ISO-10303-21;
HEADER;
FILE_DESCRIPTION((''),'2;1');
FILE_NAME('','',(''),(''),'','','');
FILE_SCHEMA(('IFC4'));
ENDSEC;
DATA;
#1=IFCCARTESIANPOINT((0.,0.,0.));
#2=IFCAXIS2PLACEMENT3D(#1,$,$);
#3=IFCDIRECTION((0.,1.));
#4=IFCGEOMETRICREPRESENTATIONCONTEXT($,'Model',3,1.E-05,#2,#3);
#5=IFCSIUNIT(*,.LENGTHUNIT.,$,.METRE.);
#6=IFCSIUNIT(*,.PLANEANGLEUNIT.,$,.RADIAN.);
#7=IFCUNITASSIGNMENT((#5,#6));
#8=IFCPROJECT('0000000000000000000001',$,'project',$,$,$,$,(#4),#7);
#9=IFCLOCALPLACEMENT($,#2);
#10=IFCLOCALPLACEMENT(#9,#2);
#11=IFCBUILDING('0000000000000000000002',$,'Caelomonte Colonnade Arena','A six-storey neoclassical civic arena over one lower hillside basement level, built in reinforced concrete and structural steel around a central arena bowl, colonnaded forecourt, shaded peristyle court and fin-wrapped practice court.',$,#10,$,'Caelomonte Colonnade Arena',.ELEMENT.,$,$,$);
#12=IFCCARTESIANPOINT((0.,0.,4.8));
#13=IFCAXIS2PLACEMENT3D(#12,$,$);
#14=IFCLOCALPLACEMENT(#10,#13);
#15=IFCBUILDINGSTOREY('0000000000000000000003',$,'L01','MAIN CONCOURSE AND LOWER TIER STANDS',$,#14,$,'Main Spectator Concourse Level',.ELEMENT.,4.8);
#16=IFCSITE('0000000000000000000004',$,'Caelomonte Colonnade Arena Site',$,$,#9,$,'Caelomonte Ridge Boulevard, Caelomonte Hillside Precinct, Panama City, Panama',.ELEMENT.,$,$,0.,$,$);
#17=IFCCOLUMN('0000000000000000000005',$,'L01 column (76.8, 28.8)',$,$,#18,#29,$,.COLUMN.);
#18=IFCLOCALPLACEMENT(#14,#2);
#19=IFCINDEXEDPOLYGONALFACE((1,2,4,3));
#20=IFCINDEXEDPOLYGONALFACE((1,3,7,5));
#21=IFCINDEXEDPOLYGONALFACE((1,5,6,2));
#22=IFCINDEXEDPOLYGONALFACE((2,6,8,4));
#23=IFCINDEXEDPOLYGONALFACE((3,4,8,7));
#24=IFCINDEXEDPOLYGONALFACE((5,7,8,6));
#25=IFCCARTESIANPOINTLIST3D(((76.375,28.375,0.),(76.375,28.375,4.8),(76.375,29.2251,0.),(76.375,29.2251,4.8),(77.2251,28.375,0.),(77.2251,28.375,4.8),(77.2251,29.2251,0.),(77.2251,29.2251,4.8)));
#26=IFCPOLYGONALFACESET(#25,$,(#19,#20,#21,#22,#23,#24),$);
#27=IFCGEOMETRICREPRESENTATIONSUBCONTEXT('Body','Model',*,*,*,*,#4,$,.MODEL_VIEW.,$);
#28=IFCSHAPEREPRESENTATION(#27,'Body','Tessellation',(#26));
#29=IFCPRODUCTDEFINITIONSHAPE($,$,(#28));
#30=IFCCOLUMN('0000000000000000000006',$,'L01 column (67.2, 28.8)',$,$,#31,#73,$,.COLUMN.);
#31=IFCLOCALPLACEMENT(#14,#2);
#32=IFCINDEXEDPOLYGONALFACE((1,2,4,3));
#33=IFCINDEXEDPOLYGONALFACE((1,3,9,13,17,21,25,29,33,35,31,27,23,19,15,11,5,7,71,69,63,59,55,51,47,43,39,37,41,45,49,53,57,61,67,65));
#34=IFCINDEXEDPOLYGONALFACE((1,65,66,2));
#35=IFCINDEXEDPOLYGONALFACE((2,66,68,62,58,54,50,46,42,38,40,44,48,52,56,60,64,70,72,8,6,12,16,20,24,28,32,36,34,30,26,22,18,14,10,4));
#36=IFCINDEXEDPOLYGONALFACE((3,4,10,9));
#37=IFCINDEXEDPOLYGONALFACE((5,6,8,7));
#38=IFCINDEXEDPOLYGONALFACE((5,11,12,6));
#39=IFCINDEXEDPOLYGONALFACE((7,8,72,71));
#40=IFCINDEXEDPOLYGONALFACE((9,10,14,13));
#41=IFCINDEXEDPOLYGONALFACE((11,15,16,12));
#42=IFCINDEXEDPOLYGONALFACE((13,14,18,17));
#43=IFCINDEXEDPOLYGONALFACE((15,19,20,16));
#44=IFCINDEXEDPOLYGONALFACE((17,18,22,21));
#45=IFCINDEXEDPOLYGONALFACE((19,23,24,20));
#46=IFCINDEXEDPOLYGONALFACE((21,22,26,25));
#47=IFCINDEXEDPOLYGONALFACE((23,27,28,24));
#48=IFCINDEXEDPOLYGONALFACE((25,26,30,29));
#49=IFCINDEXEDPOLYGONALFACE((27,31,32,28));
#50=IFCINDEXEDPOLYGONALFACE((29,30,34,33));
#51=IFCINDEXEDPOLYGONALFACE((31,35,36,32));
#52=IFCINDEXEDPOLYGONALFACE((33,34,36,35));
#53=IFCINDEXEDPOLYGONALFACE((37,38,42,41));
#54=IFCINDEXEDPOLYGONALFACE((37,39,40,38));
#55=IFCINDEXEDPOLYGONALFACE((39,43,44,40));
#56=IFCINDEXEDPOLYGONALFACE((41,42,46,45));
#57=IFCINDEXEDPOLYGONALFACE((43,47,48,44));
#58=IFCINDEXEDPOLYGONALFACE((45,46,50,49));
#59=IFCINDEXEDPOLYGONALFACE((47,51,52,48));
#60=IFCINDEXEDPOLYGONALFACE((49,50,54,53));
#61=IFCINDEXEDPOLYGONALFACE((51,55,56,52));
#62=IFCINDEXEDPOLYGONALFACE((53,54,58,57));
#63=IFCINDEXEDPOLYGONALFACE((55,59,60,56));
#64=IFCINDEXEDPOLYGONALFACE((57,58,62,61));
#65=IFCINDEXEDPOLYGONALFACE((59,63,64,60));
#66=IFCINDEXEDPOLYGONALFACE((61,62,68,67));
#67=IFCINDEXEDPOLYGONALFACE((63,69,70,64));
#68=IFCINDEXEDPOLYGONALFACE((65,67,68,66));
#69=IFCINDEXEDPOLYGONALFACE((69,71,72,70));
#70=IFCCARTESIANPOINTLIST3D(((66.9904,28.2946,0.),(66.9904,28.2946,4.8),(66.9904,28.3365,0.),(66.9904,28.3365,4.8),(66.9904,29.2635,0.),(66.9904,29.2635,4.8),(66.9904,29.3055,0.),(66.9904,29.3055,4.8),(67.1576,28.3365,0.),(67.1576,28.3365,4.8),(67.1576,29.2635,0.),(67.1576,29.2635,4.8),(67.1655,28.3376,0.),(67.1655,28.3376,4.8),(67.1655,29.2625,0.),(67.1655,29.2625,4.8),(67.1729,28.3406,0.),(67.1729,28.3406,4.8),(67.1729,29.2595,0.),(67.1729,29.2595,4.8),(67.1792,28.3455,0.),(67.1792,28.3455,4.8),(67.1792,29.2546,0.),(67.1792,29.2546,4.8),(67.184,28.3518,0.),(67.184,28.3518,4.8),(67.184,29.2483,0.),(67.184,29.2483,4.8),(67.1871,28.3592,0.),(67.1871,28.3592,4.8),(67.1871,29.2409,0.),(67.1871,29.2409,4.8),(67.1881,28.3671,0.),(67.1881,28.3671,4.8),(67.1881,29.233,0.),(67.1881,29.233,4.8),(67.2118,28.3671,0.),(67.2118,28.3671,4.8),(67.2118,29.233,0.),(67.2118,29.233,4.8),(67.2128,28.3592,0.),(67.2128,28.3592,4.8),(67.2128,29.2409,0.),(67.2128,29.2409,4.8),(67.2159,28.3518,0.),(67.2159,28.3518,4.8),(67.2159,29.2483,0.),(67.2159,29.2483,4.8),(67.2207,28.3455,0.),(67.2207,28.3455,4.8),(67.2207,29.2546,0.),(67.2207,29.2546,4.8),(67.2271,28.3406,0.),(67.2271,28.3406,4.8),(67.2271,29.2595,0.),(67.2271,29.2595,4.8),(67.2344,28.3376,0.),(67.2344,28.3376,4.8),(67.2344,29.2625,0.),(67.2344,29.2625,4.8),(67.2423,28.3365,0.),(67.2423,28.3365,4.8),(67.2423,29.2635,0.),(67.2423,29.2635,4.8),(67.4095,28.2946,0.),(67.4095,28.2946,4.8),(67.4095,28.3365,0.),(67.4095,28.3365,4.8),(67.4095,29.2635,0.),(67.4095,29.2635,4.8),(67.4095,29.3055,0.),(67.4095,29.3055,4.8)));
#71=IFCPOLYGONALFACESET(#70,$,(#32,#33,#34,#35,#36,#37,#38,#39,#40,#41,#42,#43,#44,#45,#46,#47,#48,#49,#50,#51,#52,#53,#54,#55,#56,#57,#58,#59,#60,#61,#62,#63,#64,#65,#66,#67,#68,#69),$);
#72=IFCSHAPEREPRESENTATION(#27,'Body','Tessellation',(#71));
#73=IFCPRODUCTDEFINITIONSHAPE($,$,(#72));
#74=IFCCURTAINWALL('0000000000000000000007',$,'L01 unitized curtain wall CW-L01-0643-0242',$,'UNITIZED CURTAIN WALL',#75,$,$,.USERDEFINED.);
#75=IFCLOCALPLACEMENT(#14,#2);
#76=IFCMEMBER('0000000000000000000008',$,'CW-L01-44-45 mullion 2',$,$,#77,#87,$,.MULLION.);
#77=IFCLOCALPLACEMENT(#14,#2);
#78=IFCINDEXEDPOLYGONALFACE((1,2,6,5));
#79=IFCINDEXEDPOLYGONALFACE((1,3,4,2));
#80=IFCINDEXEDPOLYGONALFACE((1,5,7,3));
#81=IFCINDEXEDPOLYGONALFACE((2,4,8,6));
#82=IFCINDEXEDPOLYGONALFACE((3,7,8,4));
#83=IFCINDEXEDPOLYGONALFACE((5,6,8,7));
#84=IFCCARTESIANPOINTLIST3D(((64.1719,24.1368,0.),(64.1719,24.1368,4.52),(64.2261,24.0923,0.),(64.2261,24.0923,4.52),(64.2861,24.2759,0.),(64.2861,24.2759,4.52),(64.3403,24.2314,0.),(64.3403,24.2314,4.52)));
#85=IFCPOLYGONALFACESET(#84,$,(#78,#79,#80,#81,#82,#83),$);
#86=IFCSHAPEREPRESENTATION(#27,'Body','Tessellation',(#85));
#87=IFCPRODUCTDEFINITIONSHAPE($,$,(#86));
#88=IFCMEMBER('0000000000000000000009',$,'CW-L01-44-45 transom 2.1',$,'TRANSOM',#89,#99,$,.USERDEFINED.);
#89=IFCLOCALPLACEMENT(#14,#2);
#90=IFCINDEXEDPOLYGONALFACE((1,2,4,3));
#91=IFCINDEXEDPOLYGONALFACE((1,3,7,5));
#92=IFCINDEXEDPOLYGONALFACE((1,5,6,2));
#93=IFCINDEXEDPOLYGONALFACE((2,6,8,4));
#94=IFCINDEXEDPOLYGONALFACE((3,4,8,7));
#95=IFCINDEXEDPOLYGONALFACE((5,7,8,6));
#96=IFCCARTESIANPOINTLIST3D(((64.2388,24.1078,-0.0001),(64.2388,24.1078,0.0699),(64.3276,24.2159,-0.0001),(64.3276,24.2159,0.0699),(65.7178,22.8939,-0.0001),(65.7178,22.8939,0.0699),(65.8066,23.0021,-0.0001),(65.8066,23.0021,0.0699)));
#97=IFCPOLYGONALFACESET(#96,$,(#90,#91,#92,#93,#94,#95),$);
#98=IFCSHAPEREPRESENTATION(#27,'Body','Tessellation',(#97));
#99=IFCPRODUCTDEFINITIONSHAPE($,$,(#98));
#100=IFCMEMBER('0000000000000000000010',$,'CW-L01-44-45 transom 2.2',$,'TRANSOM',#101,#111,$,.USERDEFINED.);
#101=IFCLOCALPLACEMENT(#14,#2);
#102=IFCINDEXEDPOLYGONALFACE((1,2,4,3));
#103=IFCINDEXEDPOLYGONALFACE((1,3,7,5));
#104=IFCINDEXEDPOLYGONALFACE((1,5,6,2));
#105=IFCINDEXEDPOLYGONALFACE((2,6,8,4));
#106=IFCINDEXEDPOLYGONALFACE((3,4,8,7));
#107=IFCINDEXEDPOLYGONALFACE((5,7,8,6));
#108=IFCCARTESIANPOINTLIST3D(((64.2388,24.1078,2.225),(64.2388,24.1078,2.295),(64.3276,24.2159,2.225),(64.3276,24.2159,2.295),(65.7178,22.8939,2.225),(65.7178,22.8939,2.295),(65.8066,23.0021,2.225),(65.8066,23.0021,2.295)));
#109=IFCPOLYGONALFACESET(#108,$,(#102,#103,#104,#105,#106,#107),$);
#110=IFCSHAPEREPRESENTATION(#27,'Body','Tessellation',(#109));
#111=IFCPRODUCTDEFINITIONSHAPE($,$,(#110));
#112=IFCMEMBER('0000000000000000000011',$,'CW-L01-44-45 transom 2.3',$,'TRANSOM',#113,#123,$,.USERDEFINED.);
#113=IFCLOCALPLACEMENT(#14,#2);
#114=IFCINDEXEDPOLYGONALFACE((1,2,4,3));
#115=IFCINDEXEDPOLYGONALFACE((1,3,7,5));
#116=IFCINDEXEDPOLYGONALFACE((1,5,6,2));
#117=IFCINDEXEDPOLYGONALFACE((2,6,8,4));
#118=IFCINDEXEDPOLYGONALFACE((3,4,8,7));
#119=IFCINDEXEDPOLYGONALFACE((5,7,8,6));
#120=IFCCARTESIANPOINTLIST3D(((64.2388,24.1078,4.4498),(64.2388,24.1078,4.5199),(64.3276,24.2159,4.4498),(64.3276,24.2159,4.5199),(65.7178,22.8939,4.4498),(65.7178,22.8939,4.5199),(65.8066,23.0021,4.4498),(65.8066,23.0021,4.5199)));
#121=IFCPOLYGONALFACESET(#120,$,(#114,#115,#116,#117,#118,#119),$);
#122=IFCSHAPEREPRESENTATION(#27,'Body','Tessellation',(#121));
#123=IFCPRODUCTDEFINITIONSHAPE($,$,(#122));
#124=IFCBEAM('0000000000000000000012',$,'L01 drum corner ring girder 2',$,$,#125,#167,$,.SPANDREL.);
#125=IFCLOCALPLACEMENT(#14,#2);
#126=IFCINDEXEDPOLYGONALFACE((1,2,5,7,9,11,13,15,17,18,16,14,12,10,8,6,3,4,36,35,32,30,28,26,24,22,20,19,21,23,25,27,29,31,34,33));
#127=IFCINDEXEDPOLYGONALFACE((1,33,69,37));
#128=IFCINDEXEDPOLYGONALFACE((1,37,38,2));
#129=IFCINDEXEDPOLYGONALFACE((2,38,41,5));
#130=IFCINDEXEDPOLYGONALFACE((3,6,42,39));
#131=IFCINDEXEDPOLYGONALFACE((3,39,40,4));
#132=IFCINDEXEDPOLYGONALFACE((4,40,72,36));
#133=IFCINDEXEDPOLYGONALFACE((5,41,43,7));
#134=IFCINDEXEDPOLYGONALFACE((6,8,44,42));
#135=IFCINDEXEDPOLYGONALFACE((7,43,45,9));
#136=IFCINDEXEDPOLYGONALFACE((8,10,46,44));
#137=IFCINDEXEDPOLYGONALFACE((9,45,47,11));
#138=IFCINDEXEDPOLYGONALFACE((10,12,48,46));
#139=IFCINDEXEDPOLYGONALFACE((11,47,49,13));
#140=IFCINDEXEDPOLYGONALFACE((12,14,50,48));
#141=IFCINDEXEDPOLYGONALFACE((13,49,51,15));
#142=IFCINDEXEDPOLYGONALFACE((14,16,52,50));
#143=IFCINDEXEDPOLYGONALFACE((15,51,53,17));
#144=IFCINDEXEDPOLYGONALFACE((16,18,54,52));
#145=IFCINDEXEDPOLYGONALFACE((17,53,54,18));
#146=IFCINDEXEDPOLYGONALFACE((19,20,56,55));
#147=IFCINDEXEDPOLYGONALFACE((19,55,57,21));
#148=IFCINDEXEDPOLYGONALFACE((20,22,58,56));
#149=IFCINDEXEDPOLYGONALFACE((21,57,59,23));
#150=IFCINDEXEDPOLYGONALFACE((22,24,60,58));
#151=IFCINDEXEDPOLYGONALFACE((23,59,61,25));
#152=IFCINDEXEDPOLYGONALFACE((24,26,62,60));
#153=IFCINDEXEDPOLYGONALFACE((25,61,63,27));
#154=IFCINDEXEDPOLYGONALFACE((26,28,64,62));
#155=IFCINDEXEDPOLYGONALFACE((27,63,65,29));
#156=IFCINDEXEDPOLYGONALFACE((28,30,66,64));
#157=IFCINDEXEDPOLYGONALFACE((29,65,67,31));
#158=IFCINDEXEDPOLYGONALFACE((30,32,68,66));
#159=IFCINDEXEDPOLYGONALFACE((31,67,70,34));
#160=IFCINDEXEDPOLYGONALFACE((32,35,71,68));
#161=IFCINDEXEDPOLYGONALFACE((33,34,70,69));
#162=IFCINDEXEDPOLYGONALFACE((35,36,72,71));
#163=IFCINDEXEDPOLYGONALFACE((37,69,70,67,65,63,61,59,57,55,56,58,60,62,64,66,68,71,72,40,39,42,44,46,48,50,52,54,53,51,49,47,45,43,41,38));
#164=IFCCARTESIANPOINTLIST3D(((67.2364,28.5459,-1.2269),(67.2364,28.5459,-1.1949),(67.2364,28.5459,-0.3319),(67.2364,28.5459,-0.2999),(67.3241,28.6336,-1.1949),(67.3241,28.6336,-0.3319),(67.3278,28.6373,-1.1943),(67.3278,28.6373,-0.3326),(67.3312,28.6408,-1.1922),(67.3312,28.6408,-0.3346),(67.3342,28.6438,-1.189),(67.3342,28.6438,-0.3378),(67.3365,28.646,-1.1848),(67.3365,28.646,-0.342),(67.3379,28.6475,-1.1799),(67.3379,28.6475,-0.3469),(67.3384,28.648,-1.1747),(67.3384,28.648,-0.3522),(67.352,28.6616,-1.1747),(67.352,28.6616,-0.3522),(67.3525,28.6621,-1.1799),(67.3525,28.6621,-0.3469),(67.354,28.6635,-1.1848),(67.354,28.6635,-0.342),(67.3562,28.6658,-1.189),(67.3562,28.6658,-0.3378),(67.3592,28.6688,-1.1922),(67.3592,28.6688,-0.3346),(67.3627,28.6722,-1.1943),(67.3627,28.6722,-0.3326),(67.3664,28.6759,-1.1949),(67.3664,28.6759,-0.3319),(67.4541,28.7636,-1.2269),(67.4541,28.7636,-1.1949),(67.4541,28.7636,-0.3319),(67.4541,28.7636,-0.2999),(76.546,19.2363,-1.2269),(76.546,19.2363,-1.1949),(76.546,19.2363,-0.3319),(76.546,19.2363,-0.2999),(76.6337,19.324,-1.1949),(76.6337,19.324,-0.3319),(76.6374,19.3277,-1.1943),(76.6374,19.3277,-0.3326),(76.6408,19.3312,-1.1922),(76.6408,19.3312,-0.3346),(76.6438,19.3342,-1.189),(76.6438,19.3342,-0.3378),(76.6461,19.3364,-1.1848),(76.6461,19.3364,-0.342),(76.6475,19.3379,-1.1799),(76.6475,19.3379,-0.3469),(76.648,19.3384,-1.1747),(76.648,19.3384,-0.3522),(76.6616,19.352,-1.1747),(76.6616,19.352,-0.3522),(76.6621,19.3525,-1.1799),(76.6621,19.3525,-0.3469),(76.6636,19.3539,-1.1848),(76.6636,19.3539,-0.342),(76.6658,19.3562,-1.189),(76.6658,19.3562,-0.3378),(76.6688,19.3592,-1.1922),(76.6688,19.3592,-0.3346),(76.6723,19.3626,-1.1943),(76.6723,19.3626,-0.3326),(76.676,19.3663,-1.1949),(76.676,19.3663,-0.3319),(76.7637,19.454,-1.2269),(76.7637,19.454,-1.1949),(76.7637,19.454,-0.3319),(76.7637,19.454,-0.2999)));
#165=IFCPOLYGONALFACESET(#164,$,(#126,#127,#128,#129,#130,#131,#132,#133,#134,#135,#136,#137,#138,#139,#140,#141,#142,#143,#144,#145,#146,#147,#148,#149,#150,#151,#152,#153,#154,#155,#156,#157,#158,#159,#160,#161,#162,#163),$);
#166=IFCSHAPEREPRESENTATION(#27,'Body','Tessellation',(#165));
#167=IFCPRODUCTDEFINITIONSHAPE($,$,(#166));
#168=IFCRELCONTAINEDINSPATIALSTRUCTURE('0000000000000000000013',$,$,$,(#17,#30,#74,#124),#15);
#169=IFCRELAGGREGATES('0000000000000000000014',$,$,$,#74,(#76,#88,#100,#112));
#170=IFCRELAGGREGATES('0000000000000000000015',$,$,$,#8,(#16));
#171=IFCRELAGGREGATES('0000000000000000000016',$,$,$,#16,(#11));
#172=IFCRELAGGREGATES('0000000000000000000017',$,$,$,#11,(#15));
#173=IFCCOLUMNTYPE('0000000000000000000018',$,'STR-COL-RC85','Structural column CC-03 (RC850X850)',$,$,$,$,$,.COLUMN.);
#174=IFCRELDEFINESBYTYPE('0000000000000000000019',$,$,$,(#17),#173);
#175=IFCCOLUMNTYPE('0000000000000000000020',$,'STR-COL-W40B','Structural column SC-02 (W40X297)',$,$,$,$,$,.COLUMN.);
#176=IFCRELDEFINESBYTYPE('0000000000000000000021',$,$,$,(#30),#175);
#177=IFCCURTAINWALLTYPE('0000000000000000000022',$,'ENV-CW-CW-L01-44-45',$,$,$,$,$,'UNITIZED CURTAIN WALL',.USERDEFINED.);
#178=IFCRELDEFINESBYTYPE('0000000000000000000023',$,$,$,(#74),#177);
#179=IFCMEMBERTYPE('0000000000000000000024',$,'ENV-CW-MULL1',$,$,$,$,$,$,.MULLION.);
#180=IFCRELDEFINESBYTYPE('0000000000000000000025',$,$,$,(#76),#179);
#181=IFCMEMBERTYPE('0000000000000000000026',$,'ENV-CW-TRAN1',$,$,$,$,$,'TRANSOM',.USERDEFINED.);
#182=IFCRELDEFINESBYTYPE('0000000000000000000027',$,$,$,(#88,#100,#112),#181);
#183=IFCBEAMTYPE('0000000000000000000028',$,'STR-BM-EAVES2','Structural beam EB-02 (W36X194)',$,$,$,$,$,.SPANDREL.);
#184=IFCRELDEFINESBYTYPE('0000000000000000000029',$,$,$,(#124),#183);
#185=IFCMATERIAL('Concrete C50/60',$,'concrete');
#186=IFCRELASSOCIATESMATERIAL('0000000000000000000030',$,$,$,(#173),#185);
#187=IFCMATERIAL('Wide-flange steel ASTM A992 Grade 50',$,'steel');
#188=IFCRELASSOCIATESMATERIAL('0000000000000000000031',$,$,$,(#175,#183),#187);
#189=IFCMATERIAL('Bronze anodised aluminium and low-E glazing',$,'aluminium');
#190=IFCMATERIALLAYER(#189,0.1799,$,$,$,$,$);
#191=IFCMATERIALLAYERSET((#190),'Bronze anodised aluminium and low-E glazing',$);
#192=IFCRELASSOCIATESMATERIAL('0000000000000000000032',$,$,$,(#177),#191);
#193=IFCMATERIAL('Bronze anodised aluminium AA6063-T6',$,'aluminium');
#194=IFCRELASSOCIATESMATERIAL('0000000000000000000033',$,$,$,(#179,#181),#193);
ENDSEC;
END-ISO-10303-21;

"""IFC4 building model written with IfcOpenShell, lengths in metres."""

from ifc_helpers import new_model, si_unit, direction, frame, origin, origin_2d, place, context, subcontext, project, spatial, rectangle, i_section, extrude, material, layer, layer_set, material_profile, profile_set, type_object, element, aggregate, save


model = new_model("IFC4")

# Units and contexts
model_context = context("Model", 3, precision=1e-05, world=origin(), true_north=direction((0.0, 1.0)))
body_context = subcontext(model_context, "Body", "Model", "MODEL_VIEW")
ifc_project = project(units=[si_unit("LENGTHUNIT", "METRE"), si_unit("PLANEANGLEUNIT", "RADIAN")], contexts=[model_context])

# Site, building, storey
site_placement = place(None, origin())
site = spatial("IfcSite", under=ifc_project, at=site_placement, Name="Caelomonte Colonnade Arena Site", LongName="Caelomonte Ridge Boulevard, Caelomonte Hillside Precinct, Panama City, Panama", CompositionType="ELEMENT", RefElevation=0.0)
building_placement = place(site_placement, origin())
building = spatial("IfcBuilding", under=site, at=building_placement, Name="Caelomonte Colonnade Arena", Description="A six-storey neoclassical civic arena over one lower hillside basement level, built in reinforced concrete and structural steel around a central arena bowl, colonnaded forecourt, shaded peristyle court and fin-wrapped practice court.", LongName="Caelomonte Colonnade Arena", CompositionType="ELEMENT")
storey_placement = place(building_placement, frame((0.0, 0.0, 4.8)))
storey = spatial("IfcBuildingStorey", under=building, at=storey_placement, Name="L01", Description="MAIN CONCOURSE AND LOWER TIER STANDS", LongName="Main Spectator Concourse Level", CompositionType="ELEMENT", Elevation=4.8)

# Columns
ifc_material_1 = material(Name="Concrete C50/60", Category="concrete")
ifc_material_profile_1 = material_profile(ifc_material_1, rectangle(XDim=0.8501, YDim=0.8501, at=origin_2d()), Name="RC850X850")
ifc_profile_set_1 = profile_set([ifc_material_profile_1], Name="Concrete C50/60")
column_type_1 = type_object("IfcColumnType", Name="STR-COL-RC85", Description="Structural column CC-03 (RC850X850)", PredefinedType="COLUMN", material=ifc_profile_set_1)
column_1_placement = place(storey_placement, frame((76.8, 28.8, 0.0), z_axis=(0.0, 0.0, 1.0), x_axis=(1.0, 0.0, 0.0)))
element("IfcColumn", 1, at=column_1_placement, inside=storey, type_object=column_type_1, Name="L01 column (76.8, 28.8)", PredefinedType="COLUMN", context=body_context, shape_type="SweptSolid", body=[
    extrude(rectangle(XDim=0.8501, YDim=0.8501, at=origin_2d()), origin(), (0.0, 0.0, 1.0), 4.8),
])
ifc_material_2 = material(Name="Wide-flange steel ASTM A992 Grade 50", Category="steel")
ifc_material_profile_2 = material_profile(ifc_material_2, i_section(OverallWidth=0.4192, OverallDepth=1.011, WebThickness=0.0237, FlangeThickness=0.042, FilletRadius=0.0305, at=origin_2d()), Name="W40X297")
ifc_profile_set_2 = profile_set([ifc_material_profile_2], Name="Wide-flange steel ASTM A992 Grade 50")
column_type_2 = type_object("IfcColumnType", Name="STR-COL-W40B", Description="Structural column SC-02 (W40X297)", PredefinedType="COLUMN", material=ifc_profile_set_2)
column_2_placement = place(storey_placement, frame((67.2, 28.8, 0.0), z_axis=(0.0, 0.0, 1.0), x_axis=(1.0, 0.0, 0.0)))
element("IfcColumn", 2, at=column_2_placement, inside=storey, type_object=column_type_2, Name="L01 column (67.2, 28.8)", PredefinedType="COLUMN", context=body_context, shape_type="SweptSolid", body=[
    extrude(i_section(OverallWidth=0.4192, OverallDepth=1.011, WebThickness=0.0237, FlangeThickness=0.042, FilletRadius=0.0305, at=origin_2d()), origin(), (0.0, 0.0, 1.0), 4.8),
])

# Curtain wall, members
ifc_material_3 = material(Name="Bronze anodised aluminium and low-E glazing", Category="aluminium")
ifc_layer_1 = layer(ifc_material_3, 0.1799)
ifc_layer_set_1 = layer_set([ifc_layer_1], Name="Bronze anodised aluminium and low-E glazing")
curtain_wall_type = type_object("IfcCurtainWallType", Name="ENV-CW-CW-L01-44-45", ElementType="UNITIZED CURTAIN WALL", PredefinedType="USERDEFINED", material=ifc_layer_set_1)
curtain_wall_placement = place(storey_placement, origin())
curtain_wall = element("IfcCurtainWall", 3, at=curtain_wall_placement, inside=storey, type_object=curtain_wall_type, Name="L01 unitized curtain wall CW-L01-0643-0242", ObjectType="UNITIZED CURTAIN WALL", PredefinedType="USERDEFINED")
ifc_material_4 = material(Name="Bronze anodised aluminium AA6063-T6", Category="aluminium")
ifc_material_profile_3 = material_profile(ifc_material_4, rectangle(XDim=0.0701, YDim=0.1799, at=origin_2d()), Name="CWM-70X180")
ifc_profile_set_3 = profile_set([ifc_material_profile_3], Name="Bronze anodised aluminium AA6063-T6")
member_type_1 = type_object("IfcMemberType", Name="ENV-CW-MULL1", PredefinedType="MULLION", material=ifc_profile_set_3)
member_1_placement = place(storey_placement, frame((64.2561, 24.1841, 0.0), z_axis=(0.0, 0.0, 1.0), x_axis=(0.772992, -0.634416, 0.0)))
member_1 = element("IfcMember", 4, at=member_1_placement, type_object=member_type_1, Name="CW-L01-44-45 mullion 2", PredefinedType="MULLION", context=body_context, shape_type="SweptSolid", body=[
    extrude(rectangle(XDim=0.0701, YDim=0.1799, at=origin_2d()), origin(), (0.0, 0.0, 1.0), 4.52),
])
ifc_material_profile_4 = material_profile(ifc_material_4, rectangle(XDim=0.0701, YDim=0.1399, at=origin_2d()), Name="CWT-70X140")
ifc_profile_set_4 = profile_set([ifc_material_profile_4], Name="Bronze anodised aluminium AA6063-T6")
member_type_2 = type_object("IfcMemberType", Name="ENV-CW-TRAN1", ElementType="TRANSOM", PredefinedType="USERDEFINED", material=ifc_profile_set_4)
member_2_placement = place(storey_placement, frame((64.2832, 24.1619, 0.0349), z_axis=(0.77299, -0.634418, 0.0), x_axis=(0.0, 0.0, 1.0)))
member_2 = element("IfcMember", 5, at=member_2_placement, type_object=member_type_2, Name="CW-L01-44-45 transom 2.1", ObjectType="TRANSOM", PredefinedType="USERDEFINED", context=body_context, shape_type="SweptSolid", body=[
    extrude(rectangle(XDim=0.0701, YDim=0.1399, at=origin_2d()), origin(), (0.0, 0.0, 1.0), 1.9133),
])
member_3_placement = place(storey_placement, frame((64.2832, 24.1619, 2.26), z_axis=(0.77299, -0.634418, 0.0), x_axis=(0.0, 0.0, 1.0)))
member_3 = element("IfcMember", 6, at=member_3_placement, type_object=member_type_2, Name="CW-L01-44-45 transom 2.2", ObjectType="TRANSOM", PredefinedType="USERDEFINED", context=body_context, shape_type="SweptSolid", body=[
    extrude(rectangle(XDim=0.0701, YDim=0.1399, at=origin_2d()), origin(), (0.0, 0.0, 1.0), 1.9133),
])
member_4_placement = place(storey_placement, frame((64.2832, 24.1619, 4.4849), z_axis=(0.77299, -0.634418, 0.0), x_axis=(0.0, 0.0, 1.0)))
member_4 = element("IfcMember", 7, at=member_4_placement, type_object=member_type_2, Name="CW-L01-44-45 transom 2.3", ObjectType="TRANSOM", PredefinedType="USERDEFINED", context=body_context, shape_type="SweptSolid", body=[
    extrude(rectangle(XDim=0.0701, YDim=0.1399, at=origin_2d()), origin(), (0.0, 0.0, 1.0), 1.9133),
])

# Beam
ifc_material_profile_5 = material_profile(ifc_material_2, i_section(OverallWidth=0.3079, OverallDepth=0.927, WebThickness=0.0193, FlangeThickness=0.032, FilletRadius=0.0203, at=origin_2d()), Name="W36X194")
ifc_profile_set_5 = profile_set([ifc_material_profile_5], Name="Wide-flange steel ASTM A992 Grade 50")
beam_type_1 = type_object("IfcBeamType", Name="STR-BM-EAVES2", Description="Structural beam EB-02 (W36X194)", PredefinedType="SPANDREL", material=ifc_profile_set_5)
beam_1_placement = place(storey_placement, frame((67.3452, 28.6548, -0.7634), z_axis=(0.707107, -0.707107, 0.0), x_axis=(0.707107, 0.707107, 0.0)))
element("IfcBeam", 8, at=beam_1_placement, inside=storey, type_object=beam_type_1, Name="L01 drum corner ring girder 2", PredefinedType="SPANDREL", context=body_context, shape_type="SweptSolid", body=[
    extrude(i_section(OverallWidth=0.3079, OverallDepth=0.927, WebThickness=0.0193, FlangeThickness=0.032, FilletRadius=0.0203, at=origin_2d()), origin(), (0.0, 0.0, 1.0), 13.1658),
])

aggregate(curtain_wall, [member_1, member_2, member_3, member_4])

save(model, "model.ifc")
